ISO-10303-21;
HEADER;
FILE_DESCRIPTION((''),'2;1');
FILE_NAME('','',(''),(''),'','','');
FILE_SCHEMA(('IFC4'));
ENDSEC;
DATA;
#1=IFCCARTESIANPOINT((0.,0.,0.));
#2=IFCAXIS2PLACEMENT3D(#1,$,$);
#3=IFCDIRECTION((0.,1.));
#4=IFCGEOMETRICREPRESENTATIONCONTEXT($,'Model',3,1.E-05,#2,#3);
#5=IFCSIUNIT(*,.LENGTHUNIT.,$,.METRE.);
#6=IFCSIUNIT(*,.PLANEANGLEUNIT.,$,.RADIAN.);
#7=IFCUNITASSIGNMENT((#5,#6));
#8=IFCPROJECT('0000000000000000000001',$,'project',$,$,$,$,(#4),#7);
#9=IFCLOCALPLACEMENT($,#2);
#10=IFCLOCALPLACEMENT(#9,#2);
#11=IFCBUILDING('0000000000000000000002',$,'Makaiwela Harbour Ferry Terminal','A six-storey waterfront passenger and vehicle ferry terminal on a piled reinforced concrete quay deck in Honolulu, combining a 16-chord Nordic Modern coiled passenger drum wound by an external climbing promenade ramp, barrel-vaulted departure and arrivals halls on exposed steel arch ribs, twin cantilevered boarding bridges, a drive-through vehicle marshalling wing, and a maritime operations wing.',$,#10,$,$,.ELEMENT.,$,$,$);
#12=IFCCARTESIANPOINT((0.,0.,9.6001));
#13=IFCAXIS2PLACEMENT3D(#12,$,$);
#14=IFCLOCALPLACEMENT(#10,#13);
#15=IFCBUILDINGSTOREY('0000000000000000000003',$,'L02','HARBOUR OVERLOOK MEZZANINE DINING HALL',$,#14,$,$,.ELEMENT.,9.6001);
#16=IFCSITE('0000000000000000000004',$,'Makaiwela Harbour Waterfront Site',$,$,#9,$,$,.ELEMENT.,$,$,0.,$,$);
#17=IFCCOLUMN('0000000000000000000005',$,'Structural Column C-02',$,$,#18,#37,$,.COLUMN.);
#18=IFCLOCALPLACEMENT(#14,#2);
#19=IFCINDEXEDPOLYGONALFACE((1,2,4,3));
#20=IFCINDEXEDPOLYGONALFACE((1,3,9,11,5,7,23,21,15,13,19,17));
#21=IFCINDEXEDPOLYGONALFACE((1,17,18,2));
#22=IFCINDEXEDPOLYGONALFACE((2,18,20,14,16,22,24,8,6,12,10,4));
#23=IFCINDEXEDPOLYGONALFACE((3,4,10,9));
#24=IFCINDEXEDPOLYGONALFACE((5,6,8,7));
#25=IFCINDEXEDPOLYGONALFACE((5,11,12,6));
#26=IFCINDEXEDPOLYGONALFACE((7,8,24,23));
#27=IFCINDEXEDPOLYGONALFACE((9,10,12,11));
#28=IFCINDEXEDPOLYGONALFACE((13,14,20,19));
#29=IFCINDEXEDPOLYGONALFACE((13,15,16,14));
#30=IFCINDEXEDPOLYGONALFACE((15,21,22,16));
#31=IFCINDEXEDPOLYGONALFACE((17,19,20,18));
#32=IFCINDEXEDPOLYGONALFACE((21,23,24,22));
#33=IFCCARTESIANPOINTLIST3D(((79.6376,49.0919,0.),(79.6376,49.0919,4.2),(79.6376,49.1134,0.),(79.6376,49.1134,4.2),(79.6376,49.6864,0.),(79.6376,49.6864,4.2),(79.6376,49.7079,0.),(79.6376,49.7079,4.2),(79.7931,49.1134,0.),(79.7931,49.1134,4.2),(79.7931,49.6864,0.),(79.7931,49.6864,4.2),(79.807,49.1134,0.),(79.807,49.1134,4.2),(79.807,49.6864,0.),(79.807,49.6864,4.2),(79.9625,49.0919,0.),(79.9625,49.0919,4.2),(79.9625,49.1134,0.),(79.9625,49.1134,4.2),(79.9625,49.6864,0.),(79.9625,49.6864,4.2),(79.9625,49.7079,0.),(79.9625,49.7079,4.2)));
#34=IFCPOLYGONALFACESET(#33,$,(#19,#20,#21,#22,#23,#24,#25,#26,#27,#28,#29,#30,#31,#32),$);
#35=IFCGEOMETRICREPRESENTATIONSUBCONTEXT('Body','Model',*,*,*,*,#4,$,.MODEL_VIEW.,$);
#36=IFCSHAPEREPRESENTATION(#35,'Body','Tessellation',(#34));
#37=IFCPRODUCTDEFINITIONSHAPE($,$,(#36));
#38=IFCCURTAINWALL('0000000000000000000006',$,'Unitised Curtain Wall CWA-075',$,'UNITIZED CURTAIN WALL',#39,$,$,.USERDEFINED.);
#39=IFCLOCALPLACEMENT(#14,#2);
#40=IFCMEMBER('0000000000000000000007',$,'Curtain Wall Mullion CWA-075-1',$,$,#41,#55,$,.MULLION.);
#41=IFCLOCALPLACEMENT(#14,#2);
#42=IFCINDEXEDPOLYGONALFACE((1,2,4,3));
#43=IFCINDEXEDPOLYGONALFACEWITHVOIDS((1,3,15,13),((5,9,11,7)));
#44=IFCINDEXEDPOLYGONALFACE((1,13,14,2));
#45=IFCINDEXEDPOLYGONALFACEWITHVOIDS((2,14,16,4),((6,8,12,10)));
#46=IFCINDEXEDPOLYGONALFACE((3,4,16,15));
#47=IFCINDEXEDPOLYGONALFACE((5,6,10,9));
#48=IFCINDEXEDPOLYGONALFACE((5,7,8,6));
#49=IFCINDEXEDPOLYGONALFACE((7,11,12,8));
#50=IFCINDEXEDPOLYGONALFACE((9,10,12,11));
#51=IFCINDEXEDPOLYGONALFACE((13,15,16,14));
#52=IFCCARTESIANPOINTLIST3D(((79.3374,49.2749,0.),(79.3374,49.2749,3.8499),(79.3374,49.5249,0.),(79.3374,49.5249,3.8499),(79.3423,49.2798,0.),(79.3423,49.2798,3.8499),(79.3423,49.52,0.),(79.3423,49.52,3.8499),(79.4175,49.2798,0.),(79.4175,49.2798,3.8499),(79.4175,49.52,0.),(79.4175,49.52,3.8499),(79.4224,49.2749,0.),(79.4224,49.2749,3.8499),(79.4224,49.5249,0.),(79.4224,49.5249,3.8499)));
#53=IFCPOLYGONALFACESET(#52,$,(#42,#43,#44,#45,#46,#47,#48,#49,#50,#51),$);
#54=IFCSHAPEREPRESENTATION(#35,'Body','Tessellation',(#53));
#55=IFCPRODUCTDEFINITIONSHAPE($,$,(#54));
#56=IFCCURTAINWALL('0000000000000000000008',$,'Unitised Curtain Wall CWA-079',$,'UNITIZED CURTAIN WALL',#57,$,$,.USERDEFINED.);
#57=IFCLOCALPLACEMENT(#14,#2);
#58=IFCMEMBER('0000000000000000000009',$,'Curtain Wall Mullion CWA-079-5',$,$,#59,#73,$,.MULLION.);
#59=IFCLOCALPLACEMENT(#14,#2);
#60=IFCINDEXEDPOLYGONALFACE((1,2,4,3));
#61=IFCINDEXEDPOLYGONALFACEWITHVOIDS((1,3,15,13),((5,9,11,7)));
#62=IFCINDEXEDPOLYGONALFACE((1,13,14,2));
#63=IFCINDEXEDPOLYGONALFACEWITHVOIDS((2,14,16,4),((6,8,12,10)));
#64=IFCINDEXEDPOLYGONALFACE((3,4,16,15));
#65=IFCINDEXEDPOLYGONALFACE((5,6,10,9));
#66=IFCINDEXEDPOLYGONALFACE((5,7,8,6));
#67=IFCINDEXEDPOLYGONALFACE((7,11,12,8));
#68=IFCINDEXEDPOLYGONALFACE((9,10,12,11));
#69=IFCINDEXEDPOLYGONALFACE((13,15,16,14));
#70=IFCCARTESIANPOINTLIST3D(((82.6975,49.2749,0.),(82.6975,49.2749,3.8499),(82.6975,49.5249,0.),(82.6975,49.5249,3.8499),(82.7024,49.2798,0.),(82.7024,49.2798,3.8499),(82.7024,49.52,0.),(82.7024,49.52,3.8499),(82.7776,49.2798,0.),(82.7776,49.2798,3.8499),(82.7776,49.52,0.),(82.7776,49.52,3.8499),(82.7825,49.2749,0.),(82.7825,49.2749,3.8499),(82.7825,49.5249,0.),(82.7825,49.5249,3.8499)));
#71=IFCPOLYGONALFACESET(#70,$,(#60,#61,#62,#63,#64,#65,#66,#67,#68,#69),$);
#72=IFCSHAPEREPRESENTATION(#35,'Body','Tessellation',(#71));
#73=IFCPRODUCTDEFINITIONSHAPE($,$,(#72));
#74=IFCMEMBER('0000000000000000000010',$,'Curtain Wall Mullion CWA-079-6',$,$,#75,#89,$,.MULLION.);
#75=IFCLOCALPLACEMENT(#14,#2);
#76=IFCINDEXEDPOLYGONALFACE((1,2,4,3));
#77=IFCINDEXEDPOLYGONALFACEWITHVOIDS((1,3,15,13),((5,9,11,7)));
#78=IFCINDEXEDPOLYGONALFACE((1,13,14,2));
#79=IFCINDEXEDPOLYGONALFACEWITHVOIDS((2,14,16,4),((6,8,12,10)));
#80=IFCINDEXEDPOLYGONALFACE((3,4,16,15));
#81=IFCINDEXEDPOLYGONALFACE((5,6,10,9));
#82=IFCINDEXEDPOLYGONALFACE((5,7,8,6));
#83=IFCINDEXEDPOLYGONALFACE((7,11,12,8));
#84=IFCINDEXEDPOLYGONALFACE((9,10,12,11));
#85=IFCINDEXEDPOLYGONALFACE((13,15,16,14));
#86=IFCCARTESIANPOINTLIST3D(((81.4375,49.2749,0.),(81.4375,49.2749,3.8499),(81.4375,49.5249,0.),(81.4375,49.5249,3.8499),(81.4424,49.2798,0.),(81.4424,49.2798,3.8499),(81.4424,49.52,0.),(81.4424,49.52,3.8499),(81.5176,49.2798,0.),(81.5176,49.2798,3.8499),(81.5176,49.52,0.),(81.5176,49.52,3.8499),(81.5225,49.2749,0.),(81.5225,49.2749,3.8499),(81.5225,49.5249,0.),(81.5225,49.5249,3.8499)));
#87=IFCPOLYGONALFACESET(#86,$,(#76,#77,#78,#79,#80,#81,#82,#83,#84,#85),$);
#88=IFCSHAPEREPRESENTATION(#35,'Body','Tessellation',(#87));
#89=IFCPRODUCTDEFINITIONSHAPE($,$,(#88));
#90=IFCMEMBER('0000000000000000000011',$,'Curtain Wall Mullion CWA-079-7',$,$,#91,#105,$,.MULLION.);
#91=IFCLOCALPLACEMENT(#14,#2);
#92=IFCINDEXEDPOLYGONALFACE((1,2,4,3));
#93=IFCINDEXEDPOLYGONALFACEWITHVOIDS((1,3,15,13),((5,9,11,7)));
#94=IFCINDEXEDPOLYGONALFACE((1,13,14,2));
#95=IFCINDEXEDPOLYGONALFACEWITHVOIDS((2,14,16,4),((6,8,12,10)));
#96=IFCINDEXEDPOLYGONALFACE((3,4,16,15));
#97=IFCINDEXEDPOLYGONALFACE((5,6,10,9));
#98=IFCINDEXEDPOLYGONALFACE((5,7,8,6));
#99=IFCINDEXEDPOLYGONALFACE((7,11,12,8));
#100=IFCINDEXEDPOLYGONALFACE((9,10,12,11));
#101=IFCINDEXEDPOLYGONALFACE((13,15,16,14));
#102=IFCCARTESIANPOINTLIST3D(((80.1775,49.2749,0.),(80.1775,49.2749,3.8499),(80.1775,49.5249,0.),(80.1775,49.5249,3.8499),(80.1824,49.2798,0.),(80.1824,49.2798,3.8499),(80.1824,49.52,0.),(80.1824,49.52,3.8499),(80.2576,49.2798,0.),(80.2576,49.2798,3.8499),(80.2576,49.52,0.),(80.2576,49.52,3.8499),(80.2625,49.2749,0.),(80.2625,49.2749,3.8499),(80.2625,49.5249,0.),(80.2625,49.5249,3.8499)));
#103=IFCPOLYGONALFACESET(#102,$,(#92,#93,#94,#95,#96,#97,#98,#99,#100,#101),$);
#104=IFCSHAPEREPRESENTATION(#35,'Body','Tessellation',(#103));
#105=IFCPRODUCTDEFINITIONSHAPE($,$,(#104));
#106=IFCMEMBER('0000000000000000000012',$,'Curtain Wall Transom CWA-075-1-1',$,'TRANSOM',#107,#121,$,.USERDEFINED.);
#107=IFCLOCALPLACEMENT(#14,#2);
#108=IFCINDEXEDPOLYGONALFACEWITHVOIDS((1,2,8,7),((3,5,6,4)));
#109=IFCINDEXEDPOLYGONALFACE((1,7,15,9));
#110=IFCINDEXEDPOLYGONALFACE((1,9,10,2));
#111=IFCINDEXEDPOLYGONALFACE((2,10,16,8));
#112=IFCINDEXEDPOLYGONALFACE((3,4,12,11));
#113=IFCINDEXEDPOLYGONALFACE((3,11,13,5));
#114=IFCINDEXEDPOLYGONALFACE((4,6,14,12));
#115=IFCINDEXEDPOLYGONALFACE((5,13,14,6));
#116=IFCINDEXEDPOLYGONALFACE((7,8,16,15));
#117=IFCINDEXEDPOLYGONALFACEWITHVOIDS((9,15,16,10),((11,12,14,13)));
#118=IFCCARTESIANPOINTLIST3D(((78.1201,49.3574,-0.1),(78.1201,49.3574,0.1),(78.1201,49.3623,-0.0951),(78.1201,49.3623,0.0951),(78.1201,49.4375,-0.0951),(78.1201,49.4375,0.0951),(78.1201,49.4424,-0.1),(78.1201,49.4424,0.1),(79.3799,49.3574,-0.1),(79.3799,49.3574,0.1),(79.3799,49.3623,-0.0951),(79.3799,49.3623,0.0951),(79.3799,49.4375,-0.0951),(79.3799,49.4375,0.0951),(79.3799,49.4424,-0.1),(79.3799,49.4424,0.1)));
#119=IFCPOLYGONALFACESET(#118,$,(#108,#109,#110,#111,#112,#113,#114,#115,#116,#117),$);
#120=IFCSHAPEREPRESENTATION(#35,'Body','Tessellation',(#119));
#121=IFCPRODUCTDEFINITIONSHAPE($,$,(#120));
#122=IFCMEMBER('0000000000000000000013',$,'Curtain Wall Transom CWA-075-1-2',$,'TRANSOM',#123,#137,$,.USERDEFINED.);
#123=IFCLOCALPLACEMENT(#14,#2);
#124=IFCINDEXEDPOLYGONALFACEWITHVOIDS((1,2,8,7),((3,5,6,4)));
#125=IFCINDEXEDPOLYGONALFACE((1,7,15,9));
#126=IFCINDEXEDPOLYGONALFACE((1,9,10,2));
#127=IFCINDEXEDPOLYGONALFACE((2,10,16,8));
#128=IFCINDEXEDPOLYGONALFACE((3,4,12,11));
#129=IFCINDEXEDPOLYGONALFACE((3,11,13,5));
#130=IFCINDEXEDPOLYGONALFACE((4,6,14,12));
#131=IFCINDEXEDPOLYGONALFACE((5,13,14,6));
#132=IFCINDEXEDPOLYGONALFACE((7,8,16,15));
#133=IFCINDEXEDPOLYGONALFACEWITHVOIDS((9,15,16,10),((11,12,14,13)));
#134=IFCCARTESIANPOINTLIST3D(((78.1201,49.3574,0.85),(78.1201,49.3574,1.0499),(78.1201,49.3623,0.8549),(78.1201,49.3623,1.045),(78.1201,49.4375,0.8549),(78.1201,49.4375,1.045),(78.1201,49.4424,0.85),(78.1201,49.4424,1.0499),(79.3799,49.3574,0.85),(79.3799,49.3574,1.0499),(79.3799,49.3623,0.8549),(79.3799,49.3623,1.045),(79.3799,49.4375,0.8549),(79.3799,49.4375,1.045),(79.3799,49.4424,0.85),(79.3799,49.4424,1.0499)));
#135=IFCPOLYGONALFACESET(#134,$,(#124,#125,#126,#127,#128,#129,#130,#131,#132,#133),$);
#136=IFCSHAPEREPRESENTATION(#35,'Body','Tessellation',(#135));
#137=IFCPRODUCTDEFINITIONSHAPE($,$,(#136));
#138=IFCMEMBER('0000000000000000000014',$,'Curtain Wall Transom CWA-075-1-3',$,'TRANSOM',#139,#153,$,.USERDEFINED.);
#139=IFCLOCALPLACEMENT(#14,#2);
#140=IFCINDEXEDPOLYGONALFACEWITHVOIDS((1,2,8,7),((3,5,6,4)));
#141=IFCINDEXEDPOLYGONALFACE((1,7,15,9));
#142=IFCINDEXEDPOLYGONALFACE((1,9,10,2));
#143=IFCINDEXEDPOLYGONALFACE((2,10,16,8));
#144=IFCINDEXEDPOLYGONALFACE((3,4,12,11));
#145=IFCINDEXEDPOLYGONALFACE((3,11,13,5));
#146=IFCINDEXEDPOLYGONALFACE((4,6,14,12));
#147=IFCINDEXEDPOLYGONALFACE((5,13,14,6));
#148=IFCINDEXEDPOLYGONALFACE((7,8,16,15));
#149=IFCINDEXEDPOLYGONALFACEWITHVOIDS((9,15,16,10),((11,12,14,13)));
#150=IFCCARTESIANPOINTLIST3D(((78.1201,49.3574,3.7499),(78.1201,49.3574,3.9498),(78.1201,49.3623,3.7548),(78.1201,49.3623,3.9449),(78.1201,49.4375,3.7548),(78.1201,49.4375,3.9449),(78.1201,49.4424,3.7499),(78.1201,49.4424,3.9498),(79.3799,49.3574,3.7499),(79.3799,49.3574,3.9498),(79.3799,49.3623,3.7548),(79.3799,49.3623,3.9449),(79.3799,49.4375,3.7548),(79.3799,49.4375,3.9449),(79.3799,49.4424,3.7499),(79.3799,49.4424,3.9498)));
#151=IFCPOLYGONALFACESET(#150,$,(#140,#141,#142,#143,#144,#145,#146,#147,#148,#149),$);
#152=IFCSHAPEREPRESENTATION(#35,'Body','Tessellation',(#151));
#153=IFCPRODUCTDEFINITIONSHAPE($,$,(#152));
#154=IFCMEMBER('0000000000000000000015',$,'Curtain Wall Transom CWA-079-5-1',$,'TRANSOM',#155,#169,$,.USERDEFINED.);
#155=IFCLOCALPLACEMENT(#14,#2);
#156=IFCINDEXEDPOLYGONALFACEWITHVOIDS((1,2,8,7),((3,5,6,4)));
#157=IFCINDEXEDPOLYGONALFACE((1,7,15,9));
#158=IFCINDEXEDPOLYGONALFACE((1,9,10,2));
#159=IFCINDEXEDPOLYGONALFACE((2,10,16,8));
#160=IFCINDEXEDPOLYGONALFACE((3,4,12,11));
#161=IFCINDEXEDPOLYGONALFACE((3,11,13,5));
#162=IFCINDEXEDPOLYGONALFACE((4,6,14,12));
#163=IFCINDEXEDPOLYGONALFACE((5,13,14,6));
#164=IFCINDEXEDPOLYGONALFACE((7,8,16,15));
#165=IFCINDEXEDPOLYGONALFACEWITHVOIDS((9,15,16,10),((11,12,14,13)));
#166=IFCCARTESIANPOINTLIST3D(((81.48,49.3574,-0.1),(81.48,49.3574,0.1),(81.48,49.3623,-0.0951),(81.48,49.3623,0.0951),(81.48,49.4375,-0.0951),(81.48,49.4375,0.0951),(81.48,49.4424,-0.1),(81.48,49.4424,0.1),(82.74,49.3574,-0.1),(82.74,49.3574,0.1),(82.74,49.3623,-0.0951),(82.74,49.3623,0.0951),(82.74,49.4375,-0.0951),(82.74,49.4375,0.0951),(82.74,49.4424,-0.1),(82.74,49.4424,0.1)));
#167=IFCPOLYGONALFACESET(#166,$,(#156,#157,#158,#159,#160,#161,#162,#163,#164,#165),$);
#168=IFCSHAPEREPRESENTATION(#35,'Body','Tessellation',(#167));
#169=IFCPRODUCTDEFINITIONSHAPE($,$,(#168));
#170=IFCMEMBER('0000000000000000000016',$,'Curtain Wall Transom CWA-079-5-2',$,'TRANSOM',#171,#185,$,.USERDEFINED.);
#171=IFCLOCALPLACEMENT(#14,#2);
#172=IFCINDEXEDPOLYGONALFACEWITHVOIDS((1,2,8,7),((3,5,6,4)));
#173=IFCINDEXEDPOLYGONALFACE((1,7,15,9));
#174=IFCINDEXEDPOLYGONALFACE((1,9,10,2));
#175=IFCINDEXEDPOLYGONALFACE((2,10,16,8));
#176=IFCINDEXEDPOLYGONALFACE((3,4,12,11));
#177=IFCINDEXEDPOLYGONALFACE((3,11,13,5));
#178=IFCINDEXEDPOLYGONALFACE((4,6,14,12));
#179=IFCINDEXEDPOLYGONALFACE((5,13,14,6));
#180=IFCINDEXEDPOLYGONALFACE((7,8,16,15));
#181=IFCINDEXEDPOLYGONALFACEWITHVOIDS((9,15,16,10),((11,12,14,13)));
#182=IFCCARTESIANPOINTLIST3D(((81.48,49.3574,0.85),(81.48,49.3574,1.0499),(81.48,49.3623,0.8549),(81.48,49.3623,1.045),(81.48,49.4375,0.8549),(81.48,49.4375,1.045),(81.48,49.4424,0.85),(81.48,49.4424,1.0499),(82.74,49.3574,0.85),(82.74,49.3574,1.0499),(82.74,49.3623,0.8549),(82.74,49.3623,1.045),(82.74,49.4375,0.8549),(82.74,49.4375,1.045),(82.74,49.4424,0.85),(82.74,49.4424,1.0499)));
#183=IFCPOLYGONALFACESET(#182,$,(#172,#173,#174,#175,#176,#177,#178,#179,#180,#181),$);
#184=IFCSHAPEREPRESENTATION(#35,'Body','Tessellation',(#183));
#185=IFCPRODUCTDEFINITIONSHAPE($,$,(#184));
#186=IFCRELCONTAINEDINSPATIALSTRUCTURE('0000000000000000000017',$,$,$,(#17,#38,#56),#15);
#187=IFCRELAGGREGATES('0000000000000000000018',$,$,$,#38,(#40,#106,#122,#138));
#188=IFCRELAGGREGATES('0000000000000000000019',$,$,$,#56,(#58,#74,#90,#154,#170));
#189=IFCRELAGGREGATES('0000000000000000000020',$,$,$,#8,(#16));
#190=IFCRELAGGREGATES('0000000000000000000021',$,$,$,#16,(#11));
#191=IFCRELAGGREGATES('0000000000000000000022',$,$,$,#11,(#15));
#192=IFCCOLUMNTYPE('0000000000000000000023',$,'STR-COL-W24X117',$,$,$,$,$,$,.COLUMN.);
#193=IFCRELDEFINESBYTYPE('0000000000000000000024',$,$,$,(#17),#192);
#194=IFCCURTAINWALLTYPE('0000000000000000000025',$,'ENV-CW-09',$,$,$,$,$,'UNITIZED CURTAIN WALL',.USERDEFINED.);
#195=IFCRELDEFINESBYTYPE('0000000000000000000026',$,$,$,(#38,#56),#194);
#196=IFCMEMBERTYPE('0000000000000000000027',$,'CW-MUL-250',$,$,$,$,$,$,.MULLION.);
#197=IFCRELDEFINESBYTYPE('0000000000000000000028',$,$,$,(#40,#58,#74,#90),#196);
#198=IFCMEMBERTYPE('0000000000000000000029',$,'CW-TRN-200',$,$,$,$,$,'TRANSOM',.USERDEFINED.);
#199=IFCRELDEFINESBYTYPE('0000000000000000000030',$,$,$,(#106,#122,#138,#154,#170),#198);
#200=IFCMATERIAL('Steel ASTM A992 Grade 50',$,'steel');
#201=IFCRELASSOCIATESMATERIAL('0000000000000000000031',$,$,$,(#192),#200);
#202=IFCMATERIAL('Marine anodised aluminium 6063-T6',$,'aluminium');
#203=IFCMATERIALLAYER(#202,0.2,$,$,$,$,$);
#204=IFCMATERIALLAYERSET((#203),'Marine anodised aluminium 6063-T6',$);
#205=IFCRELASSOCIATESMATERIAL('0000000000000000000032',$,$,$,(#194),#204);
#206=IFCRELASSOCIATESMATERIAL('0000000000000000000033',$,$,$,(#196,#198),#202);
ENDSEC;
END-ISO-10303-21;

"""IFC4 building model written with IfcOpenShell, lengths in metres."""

from ifc_helpers import new_model, si_unit, direction, frame, origin, origin_2d, place, context, subcontext, project, spatial, hollow_rectangle, i_section, extrude, material, layer, layer_set, material_profile, profile_set, type_object, element, aggregate, save


model = new_model("IFC4")

# Units and contexts
model_context = context("Model", 3, precision=1e-05, world=origin(), true_north=direction((0.0, 1.0)))
body_context = subcontext(model_context, "Body", "Model", "MODEL_VIEW")
ifc_project = project(units=[si_unit("LENGTHUNIT", "METRE"), si_unit("PLANEANGLEUNIT", "RADIAN")], contexts=[model_context])

# Site, building, storey
site_placement = place(None, origin())
site = spatial("IfcSite", under=ifc_project, at=site_placement, Name="Makaiwela Harbour Waterfront Site", CompositionType="ELEMENT", RefElevation=0.0)
building_placement = place(site_placement, origin())
building = spatial("IfcBuilding", under=site, at=building_placement, Name="Makaiwela Harbour Ferry Terminal", Description="A six-storey waterfront passenger and vehicle ferry terminal on a piled reinforced concrete quay deck in Honolulu, combining a 16-chord Nordic Modern coiled passenger drum wound by an external climbing promenade ramp, barrel-vaulted departure and arrivals halls on exposed steel arch ribs, twin cantilevered boarding bridges, a drive-through vehicle marshalling wing, and a maritime operations wing.", CompositionType="ELEMENT")
storey_placement = place(building_placement, frame((0.0, 0.0, 9.6001)))
storey = spatial("IfcBuildingStorey", under=building, at=storey_placement, Name="L02", Description="HARBOUR OVERLOOK MEZZANINE DINING HALL", CompositionType="ELEMENT", Elevation=9.6001)

# Column
ifc_material_1 = material(Name="Steel ASTM A992 Grade 50", Category="steel")
ifc_material_profile_1 = material_profile(ifc_material_1, i_section(OverallWidth=0.325, OverallDepth=0.616, WebThickness=0.0139, FlangeThickness=0.0215, at=origin_2d()), Name="W24X117")
ifc_profile_set_1 = profile_set([ifc_material_profile_1], Name="Steel ASTM A992 Grade 50")
column_type = type_object("IfcColumnType", Name="STR-COL-W24X117", PredefinedType="COLUMN", material=ifc_profile_set_1)
column_placement = place(storey_placement, frame((79.8, 49.3999, 0.0), z_axis=(0.0, 0.0, 1.0), x_axis=(1.0, 0.0, 0.0)))
element("IfcColumn", 1, at=column_placement, inside=storey, type_object=column_type, Name="Structural Column C-02", PredefinedType="COLUMN", context=body_context, shape_type="SweptSolid", body=[
    extrude(i_section(OverallWidth=0.325, OverallDepth=0.616, WebThickness=0.0139, FlangeThickness=0.0215, at=origin_2d()), origin(), (0.0, 0.0, 1.0), 4.2),
])

# Curtain wall, member
ifc_material_2 = material(Name="Marine anodised aluminium 6063-T6", Category="aluminium")
ifc_layer_1 = layer(ifc_material_2, 0.2)
ifc_layer_set_1 = layer_set([ifc_layer_1], Name="Marine anodised aluminium 6063-T6")
curtain_wall_type = type_object("IfcCurtainWallType", Name="ENV-CW-09", ElementType="UNITIZED CURTAIN WALL", PredefinedType="USERDEFINED", material=ifc_layer_set_1)
curtain_wall_1_placement = place(storey_placement, origin())
curtain_wall_1 = element("IfcCurtainWall", 2, at=curtain_wall_1_placement, inside=storey, type_object=curtain_wall_type, Name="Unitised Curtain Wall CWA-075", ObjectType="UNITIZED CURTAIN WALL", PredefinedType="USERDEFINED")
ifc_material_profile_2 = material_profile(ifc_material_2, hollow_rectangle(XDim=0.085, YDim=0.25, WallThickness=0.0049, at=origin_2d()), Name="CWM-250X85")
ifc_profile_set_2 = profile_set([ifc_material_profile_2], Name="Marine anodised aluminium 6063-T6")
member_type_1 = type_object("IfcMemberType", Name="CW-MUL-250", PredefinedType="MULLION", material=ifc_profile_set_2)
member_1_placement = place(storey_placement, frame((79.3799, 49.3999, 0.0), z_axis=(0.0, 0.0, 1.0), x_axis=(1.0, 0.0, 0.0)))
member_1 = element("IfcMember", 3, at=member_1_placement, type_object=member_type_1, Name="Curtain Wall Mullion CWA-075-1", PredefinedType="MULLION", context=body_context, shape_type="SweptSolid", body=[
    extrude(hollow_rectangle(XDim=0.085, YDim=0.25, WallThickness=0.0049, at=origin_2d()), origin(), (0.0, 0.0, 1.0), 3.8499),
])

# Curtain wall, members
curtain_wall_2_placement = place(storey_placement, origin())
curtain_wall_2 = element("IfcCurtainWall", 4, at=curtain_wall_2_placement, inside=storey, type_object=curtain_wall_type, Name="Unitised Curtain Wall CWA-079", ObjectType="UNITIZED CURTAIN WALL", PredefinedType="USERDEFINED")
member_2_placement = place(storey_placement, frame((82.74, 49.3999, 0.0), z_axis=(0.0, 0.0, 1.0), x_axis=(1.0, 0.0, 0.0)))
member_2 = element("IfcMember", 5, at=member_2_placement, type_object=member_type_1, Name="Curtain Wall Mullion CWA-079-5", PredefinedType="MULLION", context=body_context, shape_type="SweptSolid", body=[
    extrude(hollow_rectangle(XDim=0.085, YDim=0.25, WallThickness=0.0049, at=origin_2d()), origin(), (0.0, 0.0, 1.0), 3.8499),
])
member_3_placement = place(storey_placement, frame((81.48, 49.3999, 0.0), z_axis=(0.0, 0.0, 1.0), x_axis=(1.0, 0.0, 0.0)))
member_3 = element("IfcMember", 6, at=member_3_placement, type_object=member_type_1, Name="Curtain Wall Mullion CWA-079-6", PredefinedType="MULLION", context=body_context, shape_type="SweptSolid", body=[
    extrude(hollow_rectangle(XDim=0.085, YDim=0.25, WallThickness=0.0049, at=origin_2d()), origin(), (0.0, 0.0, 1.0), 3.8499),
])
member_4_placement = place(storey_placement, frame((80.22, 49.3999, 0.0), z_axis=(0.0, 0.0, 1.0), x_axis=(1.0, 0.0, 0.0)))
member_4 = element("IfcMember", 7, at=member_4_placement, type_object=member_type_1, Name="Curtain Wall Mullion CWA-079-7", PredefinedType="MULLION", context=body_context, shape_type="SweptSolid", body=[
    extrude(hollow_rectangle(XDim=0.085, YDim=0.25, WallThickness=0.0049, at=origin_2d()), origin(), (0.0, 0.0, 1.0), 3.8499),
])

# Members
ifc_material_profile_3 = material_profile(ifc_material_2, hollow_rectangle(XDim=0.085, YDim=0.2, WallThickness=0.0049, at=origin_2d()), Name="CWT-200X85")
ifc_profile_set_3 = profile_set([ifc_material_profile_3], Name="Marine anodised aluminium 6063-T6")
member_type_2 = type_object("IfcMemberType", Name="CW-TRN-200", ElementType="TRANSOM", PredefinedType="USERDEFINED", material=ifc_profile_set_3)
member_5_placement = place(storey_placement, frame((79.3799, 49.3999, 0.0), z_axis=(-1.0, 0.0, 0.0), x_axis=(0.0, -1.0, 0.0)))
member_5 = element("IfcMember", 8, at=member_5_placement, type_object=member_type_2, Name="Curtain Wall Transom CWA-075-1-1", ObjectType="TRANSOM", PredefinedType="USERDEFINED", context=body_context, shape_type="SweptSolid", body=[
    extrude(hollow_rectangle(XDim=0.085, YDim=0.2, WallThickness=0.0049, at=origin_2d()), origin(), (0.0, 0.0, 1.0), 1.2598),
])
member_6_placement = place(storey_placement, frame((79.3799, 49.3999, 0.95), z_axis=(-1.0, 0.0, 0.0), x_axis=(0.0, -1.0, 0.0)))
member_6 = element("IfcMember", 9, at=member_6_placement, type_object=member_type_2, Name="Curtain Wall Transom CWA-075-1-2", ObjectType="TRANSOM", PredefinedType="USERDEFINED", context=body_context, shape_type="SweptSolid", body=[
    extrude(hollow_rectangle(XDim=0.085, YDim=0.2, WallThickness=0.0049, at=origin_2d()), origin(), (0.0, 0.0, 1.0), 1.2598),
])
member_7_placement = place(storey_placement, frame((79.3799, 49.3999, 3.8499), z_axis=(-1.0, 0.0, 0.0), x_axis=(0.0, -1.0, 0.0)))
member_7 = element("IfcMember", 10, at=member_7_placement, type_object=member_type_2, Name="Curtain Wall Transom CWA-075-1-3", ObjectType="TRANSOM", PredefinedType="USERDEFINED", context=body_context, shape_type="SweptSolid", body=[
    extrude(hollow_rectangle(XDim=0.085, YDim=0.2, WallThickness=0.0049, at=origin_2d()), origin(), (0.0, 0.0, 1.0), 1.2598),
])
member_8_placement = place(storey_placement, frame((82.74, 49.3999, 0.0), z_axis=(-1.0, 0.0, 0.0), x_axis=(0.0, -1.0, 0.0)))
member_8 = element("IfcMember", 11, at=member_8_placement, type_object=member_type_2, Name="Curtain Wall Transom CWA-079-5-1", ObjectType="TRANSOM", PredefinedType="USERDEFINED", context=body_context, shape_type="SweptSolid", body=[
    extrude(hollow_rectangle(XDim=0.085, YDim=0.2, WallThickness=0.0049, at=origin_2d()), origin(), (0.0, 0.0, 1.0), 1.26),
])
member_9_placement = place(storey_placement, frame((82.74, 49.3999, 0.95), z_axis=(-1.0, 0.0, 0.0), x_axis=(0.0, -1.0, 0.0)))
member_9 = element("IfcMember", 12, at=member_9_placement, type_object=member_type_2, Name="Curtain Wall Transom CWA-079-5-2", ObjectType="TRANSOM", PredefinedType="USERDEFINED", context=body_context, shape_type="SweptSolid", body=[
    extrude(hollow_rectangle(XDim=0.085, YDim=0.2, WallThickness=0.0049, at=origin_2d()), origin(), (0.0, 0.0, 1.0), 1.26),
])

aggregate(curtain_wall_1, [member_1, member_5, member_6, member_7])
aggregate(curtain_wall_2, [member_2, member_3, member_4, member_8, member_9])

save(model, "model.ifc")
